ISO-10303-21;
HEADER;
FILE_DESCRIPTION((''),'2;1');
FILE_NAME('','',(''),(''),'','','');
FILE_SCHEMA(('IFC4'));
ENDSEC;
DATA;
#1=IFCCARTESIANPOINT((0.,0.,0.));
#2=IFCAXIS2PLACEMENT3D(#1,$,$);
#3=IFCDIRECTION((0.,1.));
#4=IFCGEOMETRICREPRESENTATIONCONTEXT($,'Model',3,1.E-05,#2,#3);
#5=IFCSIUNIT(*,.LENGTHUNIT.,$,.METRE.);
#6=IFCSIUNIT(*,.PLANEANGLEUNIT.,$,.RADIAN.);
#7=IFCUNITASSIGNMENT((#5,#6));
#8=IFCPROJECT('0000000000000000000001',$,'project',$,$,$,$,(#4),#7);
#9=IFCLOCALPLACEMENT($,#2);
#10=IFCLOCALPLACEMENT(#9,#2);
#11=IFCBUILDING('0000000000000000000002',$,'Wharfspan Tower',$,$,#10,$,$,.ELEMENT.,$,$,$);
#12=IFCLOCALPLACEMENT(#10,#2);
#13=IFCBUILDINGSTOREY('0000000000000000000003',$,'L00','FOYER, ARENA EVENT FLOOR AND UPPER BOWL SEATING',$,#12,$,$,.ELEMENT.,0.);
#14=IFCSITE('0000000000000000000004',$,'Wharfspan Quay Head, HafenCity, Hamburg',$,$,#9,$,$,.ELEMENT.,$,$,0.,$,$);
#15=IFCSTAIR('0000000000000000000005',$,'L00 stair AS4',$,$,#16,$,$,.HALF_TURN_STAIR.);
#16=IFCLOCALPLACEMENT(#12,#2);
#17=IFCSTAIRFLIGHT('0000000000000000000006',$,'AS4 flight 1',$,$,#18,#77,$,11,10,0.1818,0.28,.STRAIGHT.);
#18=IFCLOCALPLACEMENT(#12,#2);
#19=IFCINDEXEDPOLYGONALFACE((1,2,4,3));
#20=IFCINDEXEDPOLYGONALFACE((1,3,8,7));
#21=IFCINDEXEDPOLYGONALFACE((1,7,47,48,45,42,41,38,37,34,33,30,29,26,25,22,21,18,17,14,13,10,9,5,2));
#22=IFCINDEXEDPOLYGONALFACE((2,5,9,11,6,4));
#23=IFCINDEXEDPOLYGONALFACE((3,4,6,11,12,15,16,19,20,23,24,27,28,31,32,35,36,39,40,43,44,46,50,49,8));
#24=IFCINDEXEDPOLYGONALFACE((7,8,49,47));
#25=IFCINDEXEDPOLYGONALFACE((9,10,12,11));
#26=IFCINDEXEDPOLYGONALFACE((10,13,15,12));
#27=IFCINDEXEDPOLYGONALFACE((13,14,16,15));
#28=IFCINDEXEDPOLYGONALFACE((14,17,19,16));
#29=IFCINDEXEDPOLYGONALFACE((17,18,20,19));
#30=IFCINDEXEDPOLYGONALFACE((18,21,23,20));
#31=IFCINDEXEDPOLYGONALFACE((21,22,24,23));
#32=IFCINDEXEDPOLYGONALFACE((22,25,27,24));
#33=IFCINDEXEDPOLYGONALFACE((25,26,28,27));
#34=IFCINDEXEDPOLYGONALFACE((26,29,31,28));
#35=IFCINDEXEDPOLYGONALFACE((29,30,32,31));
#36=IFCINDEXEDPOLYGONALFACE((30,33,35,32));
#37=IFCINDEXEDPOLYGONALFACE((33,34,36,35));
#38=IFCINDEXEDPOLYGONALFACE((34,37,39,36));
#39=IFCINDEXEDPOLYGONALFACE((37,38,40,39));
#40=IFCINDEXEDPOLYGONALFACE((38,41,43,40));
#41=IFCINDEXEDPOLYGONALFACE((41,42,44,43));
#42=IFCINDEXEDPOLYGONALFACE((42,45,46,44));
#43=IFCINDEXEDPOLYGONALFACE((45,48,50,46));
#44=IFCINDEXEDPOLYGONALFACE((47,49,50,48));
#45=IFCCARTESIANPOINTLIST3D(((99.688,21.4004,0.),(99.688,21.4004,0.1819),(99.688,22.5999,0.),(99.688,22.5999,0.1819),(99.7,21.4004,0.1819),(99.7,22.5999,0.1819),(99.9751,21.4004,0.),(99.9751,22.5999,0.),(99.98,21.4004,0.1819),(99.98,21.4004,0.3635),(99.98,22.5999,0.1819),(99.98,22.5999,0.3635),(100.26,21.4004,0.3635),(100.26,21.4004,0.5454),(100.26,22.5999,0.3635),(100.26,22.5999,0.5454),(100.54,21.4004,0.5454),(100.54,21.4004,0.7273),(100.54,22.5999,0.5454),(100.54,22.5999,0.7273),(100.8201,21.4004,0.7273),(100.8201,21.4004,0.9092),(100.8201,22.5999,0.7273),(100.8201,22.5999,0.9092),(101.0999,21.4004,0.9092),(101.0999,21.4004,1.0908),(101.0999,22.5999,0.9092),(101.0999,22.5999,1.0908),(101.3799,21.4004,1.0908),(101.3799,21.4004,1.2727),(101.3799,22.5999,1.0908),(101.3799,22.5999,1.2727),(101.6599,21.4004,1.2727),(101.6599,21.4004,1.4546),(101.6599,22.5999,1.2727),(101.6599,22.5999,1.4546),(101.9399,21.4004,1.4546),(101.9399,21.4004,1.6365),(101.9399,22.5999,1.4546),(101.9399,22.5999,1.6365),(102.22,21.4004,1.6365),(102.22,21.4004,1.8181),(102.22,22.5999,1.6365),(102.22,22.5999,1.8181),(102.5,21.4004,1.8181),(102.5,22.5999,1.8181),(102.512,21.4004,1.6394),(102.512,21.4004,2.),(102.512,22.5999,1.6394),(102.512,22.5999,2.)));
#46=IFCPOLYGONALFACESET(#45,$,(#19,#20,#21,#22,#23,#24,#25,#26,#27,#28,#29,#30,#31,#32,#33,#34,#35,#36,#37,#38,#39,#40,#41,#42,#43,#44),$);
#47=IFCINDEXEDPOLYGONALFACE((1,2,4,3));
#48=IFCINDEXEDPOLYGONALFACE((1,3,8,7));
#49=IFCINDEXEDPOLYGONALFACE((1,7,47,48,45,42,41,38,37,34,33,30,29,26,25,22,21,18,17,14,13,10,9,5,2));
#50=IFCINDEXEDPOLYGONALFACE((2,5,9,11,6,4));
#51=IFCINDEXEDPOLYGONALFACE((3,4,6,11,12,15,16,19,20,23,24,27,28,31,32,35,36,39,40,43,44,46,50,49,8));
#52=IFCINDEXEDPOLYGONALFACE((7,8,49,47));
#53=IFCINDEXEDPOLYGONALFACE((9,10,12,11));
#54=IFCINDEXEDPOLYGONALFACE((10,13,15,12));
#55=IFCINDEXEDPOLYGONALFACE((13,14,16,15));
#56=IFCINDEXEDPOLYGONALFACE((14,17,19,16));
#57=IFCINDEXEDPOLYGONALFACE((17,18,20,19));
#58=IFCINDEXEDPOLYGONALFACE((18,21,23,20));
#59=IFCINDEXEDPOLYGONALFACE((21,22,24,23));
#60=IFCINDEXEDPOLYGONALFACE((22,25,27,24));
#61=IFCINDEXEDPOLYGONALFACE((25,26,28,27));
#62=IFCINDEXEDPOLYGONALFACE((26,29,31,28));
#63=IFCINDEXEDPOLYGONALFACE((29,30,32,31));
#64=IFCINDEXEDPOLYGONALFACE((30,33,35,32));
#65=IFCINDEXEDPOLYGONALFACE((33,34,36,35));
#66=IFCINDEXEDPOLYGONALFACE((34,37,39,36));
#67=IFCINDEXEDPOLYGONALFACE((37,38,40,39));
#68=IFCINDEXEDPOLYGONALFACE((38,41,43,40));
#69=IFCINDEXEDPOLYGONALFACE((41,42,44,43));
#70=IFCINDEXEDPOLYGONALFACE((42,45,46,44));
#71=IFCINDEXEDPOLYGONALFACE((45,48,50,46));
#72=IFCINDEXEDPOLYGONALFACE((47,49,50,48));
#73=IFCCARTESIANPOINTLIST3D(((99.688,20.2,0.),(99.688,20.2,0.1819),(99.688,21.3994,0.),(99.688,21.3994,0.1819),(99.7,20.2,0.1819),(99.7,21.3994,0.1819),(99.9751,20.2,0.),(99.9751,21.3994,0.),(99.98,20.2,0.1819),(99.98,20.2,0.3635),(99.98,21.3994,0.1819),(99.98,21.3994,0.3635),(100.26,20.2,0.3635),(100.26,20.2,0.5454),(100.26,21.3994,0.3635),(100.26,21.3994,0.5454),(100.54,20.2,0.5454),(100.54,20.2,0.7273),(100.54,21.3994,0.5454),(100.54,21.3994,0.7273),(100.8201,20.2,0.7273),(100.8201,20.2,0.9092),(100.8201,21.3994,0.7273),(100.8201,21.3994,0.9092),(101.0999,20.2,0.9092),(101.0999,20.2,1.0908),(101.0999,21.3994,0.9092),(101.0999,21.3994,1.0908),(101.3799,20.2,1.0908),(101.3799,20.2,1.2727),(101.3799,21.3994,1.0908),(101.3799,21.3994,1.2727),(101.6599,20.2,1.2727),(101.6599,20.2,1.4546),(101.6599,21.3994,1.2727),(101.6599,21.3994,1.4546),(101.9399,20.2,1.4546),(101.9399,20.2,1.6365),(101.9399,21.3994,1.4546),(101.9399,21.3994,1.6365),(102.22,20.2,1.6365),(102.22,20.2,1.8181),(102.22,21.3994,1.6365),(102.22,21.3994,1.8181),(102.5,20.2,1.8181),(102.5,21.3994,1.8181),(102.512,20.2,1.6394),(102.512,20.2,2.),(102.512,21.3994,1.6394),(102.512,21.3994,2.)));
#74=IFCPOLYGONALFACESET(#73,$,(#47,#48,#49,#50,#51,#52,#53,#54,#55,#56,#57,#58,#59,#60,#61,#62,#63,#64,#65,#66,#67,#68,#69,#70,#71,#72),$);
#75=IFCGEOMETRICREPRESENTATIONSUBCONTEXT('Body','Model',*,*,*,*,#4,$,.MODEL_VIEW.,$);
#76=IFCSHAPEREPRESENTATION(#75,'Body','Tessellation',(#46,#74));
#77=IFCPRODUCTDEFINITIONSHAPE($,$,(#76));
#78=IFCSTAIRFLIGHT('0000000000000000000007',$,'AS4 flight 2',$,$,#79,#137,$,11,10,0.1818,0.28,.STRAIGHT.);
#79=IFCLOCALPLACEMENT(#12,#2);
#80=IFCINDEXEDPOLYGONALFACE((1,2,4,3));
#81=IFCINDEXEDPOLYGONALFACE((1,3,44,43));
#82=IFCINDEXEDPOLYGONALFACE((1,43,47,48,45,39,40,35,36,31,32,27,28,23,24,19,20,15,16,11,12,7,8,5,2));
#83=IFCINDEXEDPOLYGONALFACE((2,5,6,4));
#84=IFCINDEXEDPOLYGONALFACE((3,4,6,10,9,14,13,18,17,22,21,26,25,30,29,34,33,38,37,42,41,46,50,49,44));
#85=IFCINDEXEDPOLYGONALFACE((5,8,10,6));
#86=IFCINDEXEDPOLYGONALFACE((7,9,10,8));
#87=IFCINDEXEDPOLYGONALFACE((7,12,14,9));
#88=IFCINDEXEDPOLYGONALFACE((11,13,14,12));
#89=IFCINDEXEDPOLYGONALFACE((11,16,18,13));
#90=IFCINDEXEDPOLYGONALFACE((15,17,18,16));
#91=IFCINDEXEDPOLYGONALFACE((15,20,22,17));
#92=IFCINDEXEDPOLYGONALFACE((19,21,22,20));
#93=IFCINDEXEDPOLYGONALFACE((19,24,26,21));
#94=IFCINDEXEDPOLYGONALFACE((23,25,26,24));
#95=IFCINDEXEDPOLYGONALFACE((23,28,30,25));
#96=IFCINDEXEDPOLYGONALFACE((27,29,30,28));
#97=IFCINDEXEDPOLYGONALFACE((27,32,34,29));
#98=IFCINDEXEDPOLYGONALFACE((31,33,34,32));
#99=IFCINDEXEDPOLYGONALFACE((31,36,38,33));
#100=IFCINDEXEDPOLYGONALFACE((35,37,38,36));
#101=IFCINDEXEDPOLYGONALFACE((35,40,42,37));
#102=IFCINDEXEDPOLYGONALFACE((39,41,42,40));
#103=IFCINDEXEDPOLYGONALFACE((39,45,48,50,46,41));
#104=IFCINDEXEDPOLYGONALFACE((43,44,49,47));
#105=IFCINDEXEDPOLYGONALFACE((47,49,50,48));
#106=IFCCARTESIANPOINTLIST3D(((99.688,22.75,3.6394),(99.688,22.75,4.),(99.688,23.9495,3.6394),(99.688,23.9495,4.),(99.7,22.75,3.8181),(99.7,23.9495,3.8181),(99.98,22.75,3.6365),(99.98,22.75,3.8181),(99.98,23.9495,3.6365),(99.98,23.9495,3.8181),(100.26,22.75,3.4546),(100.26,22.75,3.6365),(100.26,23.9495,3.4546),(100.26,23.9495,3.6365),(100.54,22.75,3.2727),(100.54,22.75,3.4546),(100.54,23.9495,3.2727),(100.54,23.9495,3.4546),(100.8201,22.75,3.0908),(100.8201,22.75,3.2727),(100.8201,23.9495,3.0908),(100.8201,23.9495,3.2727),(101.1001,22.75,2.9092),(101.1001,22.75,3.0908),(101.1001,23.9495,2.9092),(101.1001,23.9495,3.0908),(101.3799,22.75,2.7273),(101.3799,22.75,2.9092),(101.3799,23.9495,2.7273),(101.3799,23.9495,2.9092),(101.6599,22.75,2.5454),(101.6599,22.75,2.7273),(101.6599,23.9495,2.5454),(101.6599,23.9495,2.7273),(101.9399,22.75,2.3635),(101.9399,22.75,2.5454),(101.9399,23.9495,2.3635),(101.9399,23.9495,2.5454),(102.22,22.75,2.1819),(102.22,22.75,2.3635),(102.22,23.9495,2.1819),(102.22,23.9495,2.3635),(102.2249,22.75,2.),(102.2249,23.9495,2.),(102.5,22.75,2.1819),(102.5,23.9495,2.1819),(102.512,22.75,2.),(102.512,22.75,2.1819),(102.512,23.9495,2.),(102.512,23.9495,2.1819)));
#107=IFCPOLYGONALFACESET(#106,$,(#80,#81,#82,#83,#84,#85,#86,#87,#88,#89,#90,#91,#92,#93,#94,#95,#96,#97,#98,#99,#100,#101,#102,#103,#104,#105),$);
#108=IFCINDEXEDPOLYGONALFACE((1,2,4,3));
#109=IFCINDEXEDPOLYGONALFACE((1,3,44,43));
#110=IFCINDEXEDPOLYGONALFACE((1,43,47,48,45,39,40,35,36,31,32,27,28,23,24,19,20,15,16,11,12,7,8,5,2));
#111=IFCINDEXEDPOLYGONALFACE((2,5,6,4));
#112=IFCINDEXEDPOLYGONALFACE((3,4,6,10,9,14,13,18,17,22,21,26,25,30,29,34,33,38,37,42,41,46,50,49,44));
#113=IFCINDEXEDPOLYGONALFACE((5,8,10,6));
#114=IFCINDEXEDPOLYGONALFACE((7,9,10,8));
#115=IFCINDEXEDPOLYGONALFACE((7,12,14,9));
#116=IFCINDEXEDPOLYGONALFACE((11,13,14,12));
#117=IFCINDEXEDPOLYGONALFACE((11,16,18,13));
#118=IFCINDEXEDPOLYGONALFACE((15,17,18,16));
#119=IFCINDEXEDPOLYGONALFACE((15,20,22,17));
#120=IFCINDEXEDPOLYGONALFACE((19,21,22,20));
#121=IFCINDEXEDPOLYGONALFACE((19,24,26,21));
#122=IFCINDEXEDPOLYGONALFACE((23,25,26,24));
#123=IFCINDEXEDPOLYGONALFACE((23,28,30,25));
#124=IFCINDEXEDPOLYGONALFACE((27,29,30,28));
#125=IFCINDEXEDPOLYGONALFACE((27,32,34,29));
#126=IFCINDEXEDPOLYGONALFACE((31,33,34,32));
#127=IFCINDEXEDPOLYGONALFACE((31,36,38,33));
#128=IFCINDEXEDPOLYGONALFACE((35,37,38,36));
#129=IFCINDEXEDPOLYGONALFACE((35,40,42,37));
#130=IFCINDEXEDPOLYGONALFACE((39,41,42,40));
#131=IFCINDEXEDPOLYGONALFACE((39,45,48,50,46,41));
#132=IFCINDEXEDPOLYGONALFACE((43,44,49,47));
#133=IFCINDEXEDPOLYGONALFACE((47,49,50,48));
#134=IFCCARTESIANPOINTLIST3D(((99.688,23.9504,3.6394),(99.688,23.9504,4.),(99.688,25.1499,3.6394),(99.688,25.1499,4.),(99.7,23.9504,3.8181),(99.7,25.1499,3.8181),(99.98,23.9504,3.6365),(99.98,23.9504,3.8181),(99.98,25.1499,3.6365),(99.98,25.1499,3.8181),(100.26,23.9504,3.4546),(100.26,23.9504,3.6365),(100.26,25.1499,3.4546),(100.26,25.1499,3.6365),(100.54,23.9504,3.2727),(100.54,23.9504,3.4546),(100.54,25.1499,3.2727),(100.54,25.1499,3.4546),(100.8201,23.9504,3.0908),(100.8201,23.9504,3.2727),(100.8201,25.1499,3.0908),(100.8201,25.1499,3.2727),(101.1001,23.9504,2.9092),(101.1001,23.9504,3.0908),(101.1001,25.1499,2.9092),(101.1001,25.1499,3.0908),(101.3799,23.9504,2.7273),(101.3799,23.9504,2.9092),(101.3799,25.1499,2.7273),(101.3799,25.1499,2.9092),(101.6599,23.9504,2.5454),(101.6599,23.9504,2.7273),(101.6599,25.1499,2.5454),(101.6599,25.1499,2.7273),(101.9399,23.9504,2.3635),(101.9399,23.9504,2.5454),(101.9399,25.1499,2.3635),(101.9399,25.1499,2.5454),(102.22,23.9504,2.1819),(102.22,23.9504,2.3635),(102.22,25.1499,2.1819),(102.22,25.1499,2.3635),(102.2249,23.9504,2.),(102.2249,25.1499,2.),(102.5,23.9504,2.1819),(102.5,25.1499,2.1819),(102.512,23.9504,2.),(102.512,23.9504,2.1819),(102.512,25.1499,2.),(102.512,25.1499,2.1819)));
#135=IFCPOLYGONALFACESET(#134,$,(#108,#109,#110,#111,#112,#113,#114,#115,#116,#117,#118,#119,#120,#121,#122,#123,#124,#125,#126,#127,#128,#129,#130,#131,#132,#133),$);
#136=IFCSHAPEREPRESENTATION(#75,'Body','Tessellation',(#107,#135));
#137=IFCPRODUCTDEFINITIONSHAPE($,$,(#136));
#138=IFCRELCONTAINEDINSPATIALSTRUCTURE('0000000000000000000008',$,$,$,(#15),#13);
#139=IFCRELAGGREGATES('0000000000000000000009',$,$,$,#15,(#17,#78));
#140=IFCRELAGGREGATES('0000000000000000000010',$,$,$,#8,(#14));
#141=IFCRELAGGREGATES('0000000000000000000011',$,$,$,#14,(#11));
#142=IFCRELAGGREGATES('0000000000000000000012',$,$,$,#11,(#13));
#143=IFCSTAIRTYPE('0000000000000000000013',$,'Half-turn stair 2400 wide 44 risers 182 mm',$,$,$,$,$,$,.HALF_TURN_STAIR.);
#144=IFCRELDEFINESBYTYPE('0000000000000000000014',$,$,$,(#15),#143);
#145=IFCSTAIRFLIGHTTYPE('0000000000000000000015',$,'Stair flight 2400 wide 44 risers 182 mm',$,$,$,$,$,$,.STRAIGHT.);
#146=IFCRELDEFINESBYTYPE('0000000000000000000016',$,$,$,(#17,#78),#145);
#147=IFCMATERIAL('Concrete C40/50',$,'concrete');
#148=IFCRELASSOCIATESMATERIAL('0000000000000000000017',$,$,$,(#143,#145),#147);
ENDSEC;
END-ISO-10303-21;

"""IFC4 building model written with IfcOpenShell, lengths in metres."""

from ifc_helpers import new_model, si_unit, direction, frame, origin, place, context, subcontext, project, spatial, polyline, outline, extrude, material, type_object, element, aggregate, save


model = new_model("IFC4")

# Units and contexts
model_context = context("Model", 3, precision=1e-05, world=origin(), true_north=direction((0.0, 1.0)))
body_context = subcontext(model_context, "Body", "Model", "MODEL_VIEW")
ifc_project = project(units=[si_unit("LENGTHUNIT", "METRE"), si_unit("PLANEANGLEUNIT", "RADIAN")], contexts=[model_context])

# Site, building, storey
site_placement = place(None, origin())
site = spatial("IfcSite", under=ifc_project, at=site_placement, Name="Wharfspan Quay Head, HafenCity, Hamburg", CompositionType="ELEMENT", RefElevation=0.0)
building_placement = place(site_placement, origin())
building = spatial("IfcBuilding", under=site, at=building_placement, Name="Wharfspan Tower", CompositionType="ELEMENT")
storey_placement = place(building_placement, origin())
storey = spatial("IfcBuildingStorey", under=building, at=storey_placement, Name="L00", Description="FOYER, ARENA EVENT FLOOR AND UPPER BOWL SEATING", CompositionType="ELEMENT", Elevation=0.0)

# Shared definitions
ifc_material_1 = material(Name="Concrete C40/50", Category="concrete")

# Stair, stair flights
stair_type = type_object("IfcStairType", Name="Half-turn stair 2400 wide 44 risers 182 mm", PredefinedType="HALF_TURN_STAIR", material=ifc_material_1)
stair_placement = place(storey_placement, origin())
stair = element("IfcStair", 1, at=stair_placement, inside=storey, type_object=stair_type, Name="L00 stair AS4", PredefinedType="HALF_TURN_STAIR")
stair_flight_type = type_object("IfcStairFlightType", Name="Stair flight 2400 wide 44 risers 182 mm", PredefinedType="STRAIGHT", material=ifc_material_1)
stair_flight_1_placement = place(storey_placement, frame((99.7, 21.3999, 0.0), z_axis=(0.0, 0.0, 1.0), x_axis=(1.0, 0.0, 0.0)))
stair_flight_1 = element("IfcStairFlight", 2, at=stair_flight_1_placement, type_object=stair_flight_type, Name="AS4 flight 1", NumberOfRisers=11, NumberOfTreads=10, PredefinedType="STRAIGHT", RiserHeight=0.1818, TreadLength=0.28, context=body_context, shape_type="SweptSolid", body=[
    extrude(outline(polyline([(-0.012, 0.0), (-0.012, 0.1819), (0.0, 0.1819), (0.28, 0.1819), (0.28, 0.3635), (0.5601, 0.3635), (0.5601, 0.5454), (0.8401, 0.5454), (0.8401, 0.7273), (1.1201, 0.7273), (1.1201, 0.9092), (1.3999, 0.9092), (1.3999, 1.0908), (1.6799, 1.0908), (1.6799, 1.2727), (1.96, 1.2727), (1.96, 1.4546), (2.24, 1.4546), (2.24, 1.6365), (2.52, 1.6365), (2.52, 1.8181), (2.8, 1.8181), (2.812, 2.0), (2.812, 1.6394), (0.2751, 0.0), (-0.012, 0.0)])), frame((0.0, 1.2, 0.0), z_axis=(0.0, -1.0, 0.0), x_axis=(1.0, 0.0, 0.0)), (0.0, 0.0, 1.0), 1.1995),
    extrude(outline(polyline([(-0.012, 0.0), (-0.012, 0.1819), (0.0, 0.1819), (0.28, 0.1819), (0.28, 0.3635), (0.5601, 0.3635), (0.5601, 0.5454), (0.8401, 0.5454), (0.8401, 0.7273), (1.1201, 0.7273), (1.1201, 0.9092), (1.3999, 0.9092), (1.3999, 1.0908), (1.6799, 1.0908), (1.6799, 1.2727), (1.96, 1.2727), (1.96, 1.4546), (2.24, 1.4546), (2.24, 1.6365), (2.52, 1.6365), (2.52, 1.8181), (2.8, 1.8181), (2.812, 2.0), (2.812, 1.6394), (0.2751, 0.0), (-0.012, 0.0)])), frame((0.0, -0.0005, 0.0), z_axis=(0.0, -1.0, 0.0), x_axis=(1.0, 0.0, 0.0)), (0.0, 0.0, 1.0), 1.1995),
])
stair_flight_2_placement = place(storey_placement, frame((102.5, 23.95, 2.0), z_axis=(0.0, 0.0, 1.0), x_axis=(-1.0, 0.0, 0.0)))
stair_flight_2 = element("IfcStairFlight", 3, at=stair_flight_2_placement, type_object=stair_flight_type, Name="AS4 flight 2", NumberOfRisers=11, NumberOfTreads=10, PredefinedType="STRAIGHT", RiserHeight=0.1818, TreadLength=0.28, context=body_context, shape_type="SweptSolid", body=[
    extrude(outline(polyline([(-0.012, 0.0), (-0.012, 0.1819), (0.0, 0.1819), (0.28, 0.1819), (0.28, 0.3635), (0.5601, 0.3635), (0.5601, 0.5454), (0.8401, 0.5454), (0.8401, 0.7273), (1.1201, 0.7273), (1.1201, 0.9092), (1.3999, 0.9092), (1.3999, 1.0908), (1.6799, 1.0908), (1.6799, 1.2727), (1.96, 1.2727), (1.96, 1.4546), (2.24, 1.4546), (2.24, 1.6365), (2.52, 1.6365), (2.52, 1.8181), (2.8, 1.8181), (2.812, 2.0), (2.812, 1.6394), (0.2751, 0.0), (-0.012, 0.0)])), frame((0.0, 1.2, 0.0), z_axis=(0.0, -1.0, 0.0), x_axis=(1.0, 0.0, 0.0)), (0.0, 0.0, 1.0), 1.1995),
    extrude(outline(polyline([(-0.012, 0.0), (-0.012, 0.1819), (0.0, 0.1819), (0.28, 0.1819), (0.28, 0.3635), (0.5601, 0.3635), (0.5601, 0.5454), (0.8401, 0.5454), (0.8401, 0.7273), (1.1201, 0.7273), (1.1201, 0.9092), (1.3999, 0.9092), (1.3999, 1.0908), (1.6799, 1.0908), (1.6799, 1.2727), (1.96, 1.2727), (1.96, 1.4546), (2.24, 1.4546), (2.24, 1.6365), (2.52, 1.6365), (2.52, 1.8181), (2.8, 1.8181), (2.812, 2.0), (2.812, 1.6394), (0.2751, 0.0), (-0.012, 0.0)])), frame((0.0, -0.0005, 0.0), z_axis=(0.0, -1.0, 0.0), x_axis=(1.0, 0.0, 0.0)), (0.0, 0.0, 1.0), 1.1995),
])
aggregate(stair, [stair_flight_1, stair_flight_2])

save(model, "model.ifc")
